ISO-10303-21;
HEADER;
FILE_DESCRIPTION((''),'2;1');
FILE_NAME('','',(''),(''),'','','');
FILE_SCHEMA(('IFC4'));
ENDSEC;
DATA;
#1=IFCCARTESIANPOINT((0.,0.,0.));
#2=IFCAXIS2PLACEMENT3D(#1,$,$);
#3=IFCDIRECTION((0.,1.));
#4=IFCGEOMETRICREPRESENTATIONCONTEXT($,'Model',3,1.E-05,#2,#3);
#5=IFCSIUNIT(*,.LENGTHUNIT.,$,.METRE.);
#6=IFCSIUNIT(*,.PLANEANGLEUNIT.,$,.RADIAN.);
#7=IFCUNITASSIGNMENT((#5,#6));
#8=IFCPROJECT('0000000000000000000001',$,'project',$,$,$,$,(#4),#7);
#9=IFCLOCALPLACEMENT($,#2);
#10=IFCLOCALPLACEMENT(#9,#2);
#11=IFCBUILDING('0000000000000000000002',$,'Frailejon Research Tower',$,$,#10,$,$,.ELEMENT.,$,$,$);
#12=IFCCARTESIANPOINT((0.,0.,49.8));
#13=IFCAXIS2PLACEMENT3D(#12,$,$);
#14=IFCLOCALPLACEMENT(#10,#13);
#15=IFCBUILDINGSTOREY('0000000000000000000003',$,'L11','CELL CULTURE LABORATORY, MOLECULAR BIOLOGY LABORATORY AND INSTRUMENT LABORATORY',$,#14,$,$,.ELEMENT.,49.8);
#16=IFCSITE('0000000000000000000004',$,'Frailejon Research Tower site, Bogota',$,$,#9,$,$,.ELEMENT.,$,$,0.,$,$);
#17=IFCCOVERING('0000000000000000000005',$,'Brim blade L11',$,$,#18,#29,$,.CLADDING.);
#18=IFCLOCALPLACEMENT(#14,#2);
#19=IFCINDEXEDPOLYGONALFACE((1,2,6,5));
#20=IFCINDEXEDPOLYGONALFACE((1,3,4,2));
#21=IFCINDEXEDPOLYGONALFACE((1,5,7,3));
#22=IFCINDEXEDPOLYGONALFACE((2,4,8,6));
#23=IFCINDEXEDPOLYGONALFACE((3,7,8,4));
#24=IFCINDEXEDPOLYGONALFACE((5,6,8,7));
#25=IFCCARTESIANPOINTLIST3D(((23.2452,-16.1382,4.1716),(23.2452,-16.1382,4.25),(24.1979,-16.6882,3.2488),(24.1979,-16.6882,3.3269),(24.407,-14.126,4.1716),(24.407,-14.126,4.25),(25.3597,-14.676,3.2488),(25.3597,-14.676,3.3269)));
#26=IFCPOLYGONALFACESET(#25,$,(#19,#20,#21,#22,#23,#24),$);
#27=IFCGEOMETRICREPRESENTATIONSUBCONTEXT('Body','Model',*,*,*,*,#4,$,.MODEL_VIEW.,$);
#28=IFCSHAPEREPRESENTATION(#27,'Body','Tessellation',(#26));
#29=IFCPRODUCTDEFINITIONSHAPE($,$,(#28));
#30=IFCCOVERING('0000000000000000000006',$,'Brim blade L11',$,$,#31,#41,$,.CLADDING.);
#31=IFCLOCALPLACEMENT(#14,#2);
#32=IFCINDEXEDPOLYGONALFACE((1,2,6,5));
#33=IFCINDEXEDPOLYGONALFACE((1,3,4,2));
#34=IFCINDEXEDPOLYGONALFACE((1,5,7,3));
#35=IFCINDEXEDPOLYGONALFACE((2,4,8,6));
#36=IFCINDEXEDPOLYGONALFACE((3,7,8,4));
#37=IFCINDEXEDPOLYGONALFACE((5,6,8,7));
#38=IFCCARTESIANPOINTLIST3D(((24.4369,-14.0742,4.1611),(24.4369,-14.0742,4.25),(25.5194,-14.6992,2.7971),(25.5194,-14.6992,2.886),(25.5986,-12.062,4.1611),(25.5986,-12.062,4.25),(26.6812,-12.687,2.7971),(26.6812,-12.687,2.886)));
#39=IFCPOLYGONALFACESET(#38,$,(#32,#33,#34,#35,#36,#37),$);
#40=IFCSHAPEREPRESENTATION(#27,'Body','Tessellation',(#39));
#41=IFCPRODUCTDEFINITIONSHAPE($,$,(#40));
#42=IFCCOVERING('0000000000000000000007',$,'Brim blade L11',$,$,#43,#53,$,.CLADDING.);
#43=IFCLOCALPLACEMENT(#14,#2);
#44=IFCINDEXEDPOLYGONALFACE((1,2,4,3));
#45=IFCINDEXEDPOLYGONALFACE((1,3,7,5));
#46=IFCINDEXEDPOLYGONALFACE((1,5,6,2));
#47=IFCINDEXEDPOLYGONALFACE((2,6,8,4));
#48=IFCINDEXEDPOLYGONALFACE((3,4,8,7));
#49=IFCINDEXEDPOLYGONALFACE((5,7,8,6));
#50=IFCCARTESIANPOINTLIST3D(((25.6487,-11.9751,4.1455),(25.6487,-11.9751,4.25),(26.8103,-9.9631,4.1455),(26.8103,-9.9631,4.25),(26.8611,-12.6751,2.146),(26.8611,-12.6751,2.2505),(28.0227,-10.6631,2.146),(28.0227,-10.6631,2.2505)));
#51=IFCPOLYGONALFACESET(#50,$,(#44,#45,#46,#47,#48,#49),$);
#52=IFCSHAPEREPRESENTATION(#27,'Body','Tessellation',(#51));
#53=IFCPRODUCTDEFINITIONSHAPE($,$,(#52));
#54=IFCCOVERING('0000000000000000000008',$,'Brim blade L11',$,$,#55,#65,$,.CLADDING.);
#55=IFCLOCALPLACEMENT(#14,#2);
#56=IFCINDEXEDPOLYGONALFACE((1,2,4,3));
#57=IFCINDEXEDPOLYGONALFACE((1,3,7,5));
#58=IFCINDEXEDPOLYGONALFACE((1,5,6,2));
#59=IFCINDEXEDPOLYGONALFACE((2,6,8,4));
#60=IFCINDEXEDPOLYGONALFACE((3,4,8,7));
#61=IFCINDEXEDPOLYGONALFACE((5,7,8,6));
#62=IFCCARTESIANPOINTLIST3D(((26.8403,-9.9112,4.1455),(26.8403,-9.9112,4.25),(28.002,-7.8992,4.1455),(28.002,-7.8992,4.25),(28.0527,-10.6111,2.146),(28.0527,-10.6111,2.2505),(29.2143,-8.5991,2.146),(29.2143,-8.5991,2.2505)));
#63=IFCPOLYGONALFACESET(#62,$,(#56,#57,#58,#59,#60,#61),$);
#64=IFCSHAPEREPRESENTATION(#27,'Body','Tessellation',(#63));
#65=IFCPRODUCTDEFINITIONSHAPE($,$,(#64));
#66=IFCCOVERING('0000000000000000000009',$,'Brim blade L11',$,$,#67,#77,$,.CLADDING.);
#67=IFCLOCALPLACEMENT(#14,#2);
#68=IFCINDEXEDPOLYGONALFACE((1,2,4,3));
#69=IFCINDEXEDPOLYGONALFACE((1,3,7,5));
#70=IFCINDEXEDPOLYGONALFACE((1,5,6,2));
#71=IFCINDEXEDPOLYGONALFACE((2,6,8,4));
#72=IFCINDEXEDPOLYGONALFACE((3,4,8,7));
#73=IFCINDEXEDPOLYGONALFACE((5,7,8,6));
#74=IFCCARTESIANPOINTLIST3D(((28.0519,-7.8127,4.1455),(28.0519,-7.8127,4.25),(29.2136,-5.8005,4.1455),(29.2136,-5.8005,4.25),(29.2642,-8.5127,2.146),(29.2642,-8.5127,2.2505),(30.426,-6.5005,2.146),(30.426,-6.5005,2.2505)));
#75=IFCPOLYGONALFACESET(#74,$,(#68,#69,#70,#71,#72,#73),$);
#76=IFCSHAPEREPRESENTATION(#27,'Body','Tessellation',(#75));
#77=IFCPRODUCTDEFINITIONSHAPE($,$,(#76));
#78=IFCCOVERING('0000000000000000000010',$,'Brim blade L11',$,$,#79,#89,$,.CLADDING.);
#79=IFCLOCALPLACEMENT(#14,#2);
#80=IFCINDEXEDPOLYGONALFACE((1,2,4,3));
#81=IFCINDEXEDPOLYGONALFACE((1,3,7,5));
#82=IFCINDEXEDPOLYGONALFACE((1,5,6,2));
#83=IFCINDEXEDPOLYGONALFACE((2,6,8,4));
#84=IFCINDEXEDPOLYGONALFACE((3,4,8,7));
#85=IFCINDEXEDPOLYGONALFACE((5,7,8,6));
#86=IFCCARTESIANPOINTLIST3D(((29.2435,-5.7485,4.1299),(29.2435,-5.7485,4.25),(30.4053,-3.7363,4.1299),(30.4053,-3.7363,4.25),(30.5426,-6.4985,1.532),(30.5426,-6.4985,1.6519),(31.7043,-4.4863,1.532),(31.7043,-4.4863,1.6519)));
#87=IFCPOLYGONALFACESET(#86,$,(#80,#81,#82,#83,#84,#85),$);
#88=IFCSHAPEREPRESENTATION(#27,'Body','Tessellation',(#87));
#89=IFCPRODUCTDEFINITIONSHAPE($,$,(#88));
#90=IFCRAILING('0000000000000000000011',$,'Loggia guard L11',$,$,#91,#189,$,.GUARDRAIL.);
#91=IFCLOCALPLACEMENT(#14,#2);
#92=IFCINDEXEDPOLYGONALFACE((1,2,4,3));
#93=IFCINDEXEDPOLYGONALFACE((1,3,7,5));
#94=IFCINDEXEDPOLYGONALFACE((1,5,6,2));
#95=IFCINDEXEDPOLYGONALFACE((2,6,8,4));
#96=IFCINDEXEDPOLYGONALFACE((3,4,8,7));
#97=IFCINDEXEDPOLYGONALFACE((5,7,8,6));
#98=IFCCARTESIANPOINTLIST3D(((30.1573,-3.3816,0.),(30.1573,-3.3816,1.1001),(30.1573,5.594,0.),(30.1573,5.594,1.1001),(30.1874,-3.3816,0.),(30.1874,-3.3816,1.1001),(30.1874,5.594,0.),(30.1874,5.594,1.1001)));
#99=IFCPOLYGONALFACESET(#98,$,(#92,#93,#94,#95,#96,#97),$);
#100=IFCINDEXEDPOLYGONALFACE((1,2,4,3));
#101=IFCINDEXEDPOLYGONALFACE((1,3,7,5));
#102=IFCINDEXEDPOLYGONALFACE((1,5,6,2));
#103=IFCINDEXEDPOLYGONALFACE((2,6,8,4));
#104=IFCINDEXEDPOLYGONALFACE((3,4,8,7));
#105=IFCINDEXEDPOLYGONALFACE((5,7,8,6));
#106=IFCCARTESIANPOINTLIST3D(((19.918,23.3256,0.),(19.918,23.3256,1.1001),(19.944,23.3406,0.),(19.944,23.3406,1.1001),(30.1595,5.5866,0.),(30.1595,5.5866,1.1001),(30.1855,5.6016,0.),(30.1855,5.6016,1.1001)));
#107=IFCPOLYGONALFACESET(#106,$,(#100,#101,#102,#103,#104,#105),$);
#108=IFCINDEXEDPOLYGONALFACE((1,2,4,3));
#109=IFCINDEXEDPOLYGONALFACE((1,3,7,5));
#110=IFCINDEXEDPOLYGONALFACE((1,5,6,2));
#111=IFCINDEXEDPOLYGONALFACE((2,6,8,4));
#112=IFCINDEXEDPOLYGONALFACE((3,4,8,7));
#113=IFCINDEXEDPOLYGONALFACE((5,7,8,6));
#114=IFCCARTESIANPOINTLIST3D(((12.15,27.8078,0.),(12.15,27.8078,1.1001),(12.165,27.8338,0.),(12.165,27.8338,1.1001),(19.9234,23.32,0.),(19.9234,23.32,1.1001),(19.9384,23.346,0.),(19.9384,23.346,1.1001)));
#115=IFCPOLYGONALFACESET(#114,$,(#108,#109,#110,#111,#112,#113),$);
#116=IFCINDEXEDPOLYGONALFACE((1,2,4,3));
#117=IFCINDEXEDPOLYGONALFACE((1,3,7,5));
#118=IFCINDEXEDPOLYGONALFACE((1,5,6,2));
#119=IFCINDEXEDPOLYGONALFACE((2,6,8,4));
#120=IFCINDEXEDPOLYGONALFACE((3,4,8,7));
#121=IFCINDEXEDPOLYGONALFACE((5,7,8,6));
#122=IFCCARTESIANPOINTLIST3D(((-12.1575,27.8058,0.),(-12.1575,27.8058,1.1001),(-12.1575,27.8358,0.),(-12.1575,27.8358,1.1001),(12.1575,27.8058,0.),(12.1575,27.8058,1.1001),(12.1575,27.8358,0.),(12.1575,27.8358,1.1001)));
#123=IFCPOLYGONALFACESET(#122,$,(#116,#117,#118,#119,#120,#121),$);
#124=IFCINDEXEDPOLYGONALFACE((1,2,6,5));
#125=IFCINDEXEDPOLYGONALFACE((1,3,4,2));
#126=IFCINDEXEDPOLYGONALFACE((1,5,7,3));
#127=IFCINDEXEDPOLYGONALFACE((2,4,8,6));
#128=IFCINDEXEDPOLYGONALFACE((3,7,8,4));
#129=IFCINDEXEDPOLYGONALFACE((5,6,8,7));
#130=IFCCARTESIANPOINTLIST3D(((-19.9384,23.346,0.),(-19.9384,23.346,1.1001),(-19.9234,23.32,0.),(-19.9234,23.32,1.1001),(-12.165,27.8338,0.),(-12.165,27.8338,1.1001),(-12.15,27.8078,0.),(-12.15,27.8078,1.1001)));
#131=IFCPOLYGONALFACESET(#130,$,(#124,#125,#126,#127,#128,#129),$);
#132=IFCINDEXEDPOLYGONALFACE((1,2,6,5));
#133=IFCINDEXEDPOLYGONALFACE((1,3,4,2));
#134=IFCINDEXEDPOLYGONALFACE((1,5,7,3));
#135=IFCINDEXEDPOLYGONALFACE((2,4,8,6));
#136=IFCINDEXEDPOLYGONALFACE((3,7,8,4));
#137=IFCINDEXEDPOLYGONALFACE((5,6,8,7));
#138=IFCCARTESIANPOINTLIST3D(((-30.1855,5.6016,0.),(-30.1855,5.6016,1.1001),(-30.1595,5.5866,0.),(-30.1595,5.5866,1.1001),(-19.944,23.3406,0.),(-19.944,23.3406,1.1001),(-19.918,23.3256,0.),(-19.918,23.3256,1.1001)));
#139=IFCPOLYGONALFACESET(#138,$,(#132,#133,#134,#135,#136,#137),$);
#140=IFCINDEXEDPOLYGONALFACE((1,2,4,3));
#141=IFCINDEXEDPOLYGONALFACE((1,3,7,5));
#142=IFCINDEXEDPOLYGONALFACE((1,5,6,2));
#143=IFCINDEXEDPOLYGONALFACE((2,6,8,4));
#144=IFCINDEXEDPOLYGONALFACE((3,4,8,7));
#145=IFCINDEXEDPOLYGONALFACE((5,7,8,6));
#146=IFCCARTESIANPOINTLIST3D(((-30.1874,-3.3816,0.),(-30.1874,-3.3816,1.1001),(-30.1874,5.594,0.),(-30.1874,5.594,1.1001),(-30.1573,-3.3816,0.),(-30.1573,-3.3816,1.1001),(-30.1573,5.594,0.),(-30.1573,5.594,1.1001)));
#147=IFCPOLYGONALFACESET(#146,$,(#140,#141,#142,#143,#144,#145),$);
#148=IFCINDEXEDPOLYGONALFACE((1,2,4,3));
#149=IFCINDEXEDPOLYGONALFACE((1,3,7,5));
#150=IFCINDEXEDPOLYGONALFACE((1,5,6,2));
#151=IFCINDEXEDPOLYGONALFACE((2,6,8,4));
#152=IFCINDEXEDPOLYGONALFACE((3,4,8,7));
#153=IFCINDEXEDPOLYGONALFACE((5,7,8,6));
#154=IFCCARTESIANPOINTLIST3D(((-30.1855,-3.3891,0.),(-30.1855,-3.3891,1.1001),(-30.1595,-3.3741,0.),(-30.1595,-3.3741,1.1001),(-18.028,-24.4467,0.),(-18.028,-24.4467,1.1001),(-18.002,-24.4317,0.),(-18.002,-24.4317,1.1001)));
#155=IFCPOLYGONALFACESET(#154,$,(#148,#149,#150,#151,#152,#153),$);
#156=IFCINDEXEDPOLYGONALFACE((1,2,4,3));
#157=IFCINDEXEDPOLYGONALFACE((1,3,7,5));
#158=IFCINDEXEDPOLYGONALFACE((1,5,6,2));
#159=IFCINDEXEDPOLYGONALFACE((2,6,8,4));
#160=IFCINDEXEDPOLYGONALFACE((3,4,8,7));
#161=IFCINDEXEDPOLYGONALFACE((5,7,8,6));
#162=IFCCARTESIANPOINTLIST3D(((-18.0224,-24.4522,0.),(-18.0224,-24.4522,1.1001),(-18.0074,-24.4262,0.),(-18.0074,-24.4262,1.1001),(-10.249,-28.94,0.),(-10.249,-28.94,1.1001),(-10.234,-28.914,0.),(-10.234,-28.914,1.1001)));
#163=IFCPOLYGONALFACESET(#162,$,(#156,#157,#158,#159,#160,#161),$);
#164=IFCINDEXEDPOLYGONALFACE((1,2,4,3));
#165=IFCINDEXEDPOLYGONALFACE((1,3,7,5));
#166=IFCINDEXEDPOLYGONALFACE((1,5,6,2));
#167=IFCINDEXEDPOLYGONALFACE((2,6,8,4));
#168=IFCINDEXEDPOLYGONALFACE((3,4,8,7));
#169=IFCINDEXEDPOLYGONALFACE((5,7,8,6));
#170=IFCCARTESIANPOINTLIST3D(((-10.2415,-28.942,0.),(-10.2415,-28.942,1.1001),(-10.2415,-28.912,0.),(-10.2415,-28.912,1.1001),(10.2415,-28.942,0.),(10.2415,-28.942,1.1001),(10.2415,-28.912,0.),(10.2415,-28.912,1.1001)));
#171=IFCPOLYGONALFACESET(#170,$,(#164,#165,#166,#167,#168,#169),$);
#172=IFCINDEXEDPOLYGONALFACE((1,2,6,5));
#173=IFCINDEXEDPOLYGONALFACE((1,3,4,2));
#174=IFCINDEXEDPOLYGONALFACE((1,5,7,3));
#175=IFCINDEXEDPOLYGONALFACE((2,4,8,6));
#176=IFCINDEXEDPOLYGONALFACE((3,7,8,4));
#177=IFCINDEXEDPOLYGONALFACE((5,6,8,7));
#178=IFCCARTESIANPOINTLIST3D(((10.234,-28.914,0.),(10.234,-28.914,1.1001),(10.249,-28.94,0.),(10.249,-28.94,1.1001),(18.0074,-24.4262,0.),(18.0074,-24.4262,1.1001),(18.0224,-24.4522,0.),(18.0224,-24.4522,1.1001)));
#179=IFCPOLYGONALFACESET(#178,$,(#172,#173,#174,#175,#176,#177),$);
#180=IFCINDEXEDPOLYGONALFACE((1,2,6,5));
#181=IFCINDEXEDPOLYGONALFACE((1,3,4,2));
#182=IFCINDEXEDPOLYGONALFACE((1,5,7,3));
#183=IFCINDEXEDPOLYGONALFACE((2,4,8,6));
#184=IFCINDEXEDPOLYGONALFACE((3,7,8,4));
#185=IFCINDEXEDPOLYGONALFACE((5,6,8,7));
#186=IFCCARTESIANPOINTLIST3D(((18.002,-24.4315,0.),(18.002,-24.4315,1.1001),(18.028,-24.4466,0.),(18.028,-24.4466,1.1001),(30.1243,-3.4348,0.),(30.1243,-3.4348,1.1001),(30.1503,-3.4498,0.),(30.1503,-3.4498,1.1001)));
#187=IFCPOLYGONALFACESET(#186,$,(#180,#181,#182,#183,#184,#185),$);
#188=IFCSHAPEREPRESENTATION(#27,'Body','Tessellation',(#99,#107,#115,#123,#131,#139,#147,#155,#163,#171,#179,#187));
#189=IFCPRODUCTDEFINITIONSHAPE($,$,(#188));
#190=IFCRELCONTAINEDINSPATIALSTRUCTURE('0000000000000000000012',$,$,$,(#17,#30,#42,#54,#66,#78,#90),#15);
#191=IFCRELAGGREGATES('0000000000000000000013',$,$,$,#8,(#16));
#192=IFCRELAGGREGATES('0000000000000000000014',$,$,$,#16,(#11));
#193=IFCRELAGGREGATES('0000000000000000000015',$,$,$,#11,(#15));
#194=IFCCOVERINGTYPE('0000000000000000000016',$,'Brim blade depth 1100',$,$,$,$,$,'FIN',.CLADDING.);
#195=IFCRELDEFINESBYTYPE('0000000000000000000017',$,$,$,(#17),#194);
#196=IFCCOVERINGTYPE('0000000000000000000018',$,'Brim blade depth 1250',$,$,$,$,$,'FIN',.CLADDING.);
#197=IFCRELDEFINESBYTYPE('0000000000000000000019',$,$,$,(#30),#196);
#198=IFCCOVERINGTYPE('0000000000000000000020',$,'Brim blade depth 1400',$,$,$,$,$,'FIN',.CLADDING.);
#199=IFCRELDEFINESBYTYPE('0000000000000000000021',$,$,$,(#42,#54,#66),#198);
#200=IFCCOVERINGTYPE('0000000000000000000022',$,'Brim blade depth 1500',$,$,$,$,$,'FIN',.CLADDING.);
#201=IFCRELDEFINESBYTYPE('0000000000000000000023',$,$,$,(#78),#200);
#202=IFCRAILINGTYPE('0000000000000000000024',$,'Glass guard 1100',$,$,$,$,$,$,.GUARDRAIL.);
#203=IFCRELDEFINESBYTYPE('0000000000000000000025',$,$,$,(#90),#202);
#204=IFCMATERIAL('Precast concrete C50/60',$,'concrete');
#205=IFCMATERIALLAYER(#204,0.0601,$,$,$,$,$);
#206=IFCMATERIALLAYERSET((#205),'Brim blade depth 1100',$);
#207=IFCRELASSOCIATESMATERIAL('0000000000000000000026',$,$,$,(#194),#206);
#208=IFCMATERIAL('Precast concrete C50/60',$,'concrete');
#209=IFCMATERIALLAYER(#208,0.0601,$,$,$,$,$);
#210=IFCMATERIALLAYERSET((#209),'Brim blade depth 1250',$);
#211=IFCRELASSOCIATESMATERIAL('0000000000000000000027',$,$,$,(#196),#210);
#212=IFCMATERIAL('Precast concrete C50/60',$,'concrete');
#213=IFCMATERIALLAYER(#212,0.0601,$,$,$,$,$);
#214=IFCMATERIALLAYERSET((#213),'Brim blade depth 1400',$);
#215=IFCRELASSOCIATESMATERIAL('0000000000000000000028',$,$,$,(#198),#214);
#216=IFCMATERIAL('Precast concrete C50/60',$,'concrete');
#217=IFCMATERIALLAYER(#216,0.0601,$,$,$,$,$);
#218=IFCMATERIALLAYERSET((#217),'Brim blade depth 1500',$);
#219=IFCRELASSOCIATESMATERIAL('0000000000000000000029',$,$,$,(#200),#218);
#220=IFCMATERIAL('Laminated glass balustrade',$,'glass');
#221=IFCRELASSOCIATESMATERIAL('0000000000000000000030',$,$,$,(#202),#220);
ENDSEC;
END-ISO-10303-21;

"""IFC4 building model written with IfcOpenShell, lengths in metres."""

from ifc_helpers import new_model, si_unit, direction, frame, origin, origin_2d, place, context, subcontext, project, spatial, polyline, rectangle, outline, extrude, material, layer, layer_set, type_object, element, save


model = new_model("IFC4")

# Units and contexts
model_context = context("Model", 3, precision=1e-05, world=origin(), true_north=direction((0.0, 1.0)))
body_context = subcontext(model_context, "Body", "Model", "MODEL_VIEW")
ifc_project = project(units=[si_unit("LENGTHUNIT", "METRE"), si_unit("PLANEANGLEUNIT", "RADIAN")], contexts=[model_context])

# Site, building, storey
site_placement = place(None, origin())
site = spatial("IfcSite", under=ifc_project, at=site_placement, Name="Frailejon Research Tower site, Bogota", CompositionType="ELEMENT", RefElevation=0.0)
building_placement = place(site_placement, origin())
building = spatial("IfcBuilding", under=site, at=building_placement, Name="Frailejon Research Tower", CompositionType="ELEMENT")
storey_placement = place(building_placement, frame((0.0, 0.0, 49.8)))
storey = spatial("IfcBuildingStorey", under=building, at=storey_placement, Name="L11", Description="CELL CULTURE LABORATORY, MOLECULAR BIOLOGY LABORATORY AND INSTRUMENT LABORATORY", CompositionType="ELEMENT", Elevation=49.8)

# Coverings
ifc_material_1 = material(Name="Precast concrete C50/60", Category="concrete")
ifc_layer_1 = layer(ifc_material_1, 0.0601)
ifc_layer_set_1 = layer_set([ifc_layer_1], Name="Brim blade depth 1100")
covering_type_1 = type_object("IfcCoveringType", Name="Brim blade depth 1100", ElementType="FIN", PredefinedType="CLADDING", material=ifc_layer_set_1)
covering_1_placement = place(storey_placement, frame((24.407, -14.126, 4.25), z_axis=(-0.500001, -0.866025, 0.0), x_axis=(0.866025, -0.500001, 0.0)))
element("IfcCovering", 1, at=covering_1_placement, inside=storey, type_object=covering_type_1, Name="Brim blade L11", PredefinedType="CLADDING", context=body_context, shape_type="SweptSolid", body=[
    extrude(outline(polyline([(0.0, -0.0784), (1.1001, -1.0012), (1.1001, -0.9231), (0.0, 0.0), (0.0, -0.0784)])), origin(), (0.0, 0.0, 1.0), 2.3235),
])
ifc_material_2 = material(Name="Precast concrete C50/60", Category="concrete")
ifc_layer_2 = layer(ifc_material_2, 0.0601)
ifc_layer_set_2 = layer_set([ifc_layer_2], Name="Brim blade depth 1250")
covering_type_2 = type_object("IfcCoveringType", Name="Brim blade depth 1250", ElementType="FIN", PredefinedType="CLADDING", material=ifc_layer_set_2)
covering_2_placement = place(storey_placement, frame((25.5986, -12.062, 4.25), z_axis=(-0.500001, -0.866025, 0.0), x_axis=(0.866025, -0.500001, 0.0)))
element("IfcCovering", 2, at=covering_2_placement, inside=storey, type_object=covering_type_2, Name="Brim blade L11", PredefinedType="CLADDING", context=body_context, shape_type="SweptSolid", body=[
    extrude(outline(polyline([(0.0, -0.0889), (1.25, -1.4529), (1.25, -1.364), (0.0, 0.0), (0.0, -0.0889)])), origin(), (0.0, 0.0, 1.0), 2.3235),
])
ifc_material_3 = material(Name="Precast concrete C50/60", Category="concrete")
ifc_layer_3 = layer(ifc_material_3, 0.0601)
ifc_layer_set_3 = layer_set([ifc_layer_3], Name="Brim blade depth 1400")
covering_type_3 = type_object("IfcCoveringType", Name="Brim blade depth 1400", ElementType="FIN", PredefinedType="CLADDING", material=ifc_layer_set_3)
for number, where, z_axis, x_axis, name in (
    (3, (26.8103, -9.9631, 4.25), (-0.499994, -0.866029, 0.0), (0.866029, -0.499994, 0.0), "Brim blade L11"),
    (4, (28.002, -7.8992, 4.25), (-0.499994, -0.866029, 0.0), (0.866029, -0.499994, 0.0), "Brim blade L11"),
):
    element("IfcCovering", number, at=place(storey_placement, frame(where, z_axis=z_axis, x_axis=x_axis)), inside=storey, type_object=covering_type_3, Name=name, PredefinedType="CLADDING", context=body_context, shape_type="SweptSolid", body=[
        extrude(outline(polyline([(0.0, -0.1045), (1.3999, -2.104), (1.3999, -1.9995), (0.0, 0.0), (0.0, -0.1045)])), origin(), (0.0, 0.0, 1.0), 2.3232),
    ])
covering_3_placement = place(storey_placement, frame((29.2136, -5.8005, 4.25), z_axis=(-0.500001, -0.866025, 0.0), x_axis=(0.866025, -0.500001, 0.0)))
element("IfcCovering", 5, at=covering_3_placement, inside=storey, type_object=covering_type_3, Name="Brim blade L11", PredefinedType="CLADDING", context=body_context, shape_type="SweptSolid", body=[
    extrude(outline(polyline([(0.0, -0.1045), (1.3999, -2.104), (1.3999, -1.9995), (0.0, 0.0), (0.0, -0.1045)])), origin(), (0.0, 0.0, 1.0), 2.3235),
])
ifc_material_4 = material(Name="Precast concrete C50/60", Category="concrete")
ifc_layer_4 = layer(ifc_material_4, 0.0601)
ifc_layer_set_4 = layer_set([ifc_layer_4], Name="Brim blade depth 1500")
covering_type_4 = type_object("IfcCoveringType", Name="Brim blade depth 1500", ElementType="FIN", PredefinedType="CLADDING", material=ifc_layer_set_4)
covering_4_placement = place(storey_placement, frame((30.4053, -3.7363, 4.25), z_axis=(-0.500001, -0.866025, 0.0), x_axis=(0.866025, -0.500001, 0.0)))
element("IfcCovering", 6, at=covering_4_placement, inside=storey, type_object=covering_type_4, Name="Brim blade L11", PredefinedType="CLADDING", context=body_context, shape_type="SweptSolid", body=[
    extrude(outline(polyline([(0.0, -0.1201), (1.5, -2.718), (1.5, -2.5981), (0.0, 0.0), (0.0, -0.1201)])), origin(), (0.0, 0.0, 1.0), 2.3235),
])

# Railing
ifc_material_5 = material(Name="Laminated glass balustrade", Category="glass")
railing_type = type_object("IfcRailingType", Name="Glass guard 1100", PredefinedType="GUARDRAIL", material=ifc_material_5)
railing_placement = place(storey_placement, frame((30.1724, -3.3816, 0.0)))
element("IfcRailing", 7, at=railing_placement, inside=storey, type_object=railing_type, Name="Loggia guard L11", PredefinedType="GUARDRAIL", context=body_context, shape_type="SweptSolid", body=[
    extrude(rectangle(XDim=8.9756, YDim=0.03, at=origin_2d()), frame((0.0, 4.4878, 0.0), z_axis=(0.0, 0.0, 1.0), x_axis=(0.0, 1.0, 0.0)), (0.0, 0.0, 1.0), 1.1001),
    extrude(rectangle(XDim=20.4832, YDim=0.03, at=origin_2d()), frame((-5.1206, 17.8452, 0.0), z_axis=(0.0, 0.0, 1.0), x_axis=(-0.499994, 0.866029, 0.0)), (0.0, 0.0, 1.0), 1.1001),
    extrude(rectangle(XDim=8.9758, YDim=0.03, at=origin_2d()), frame((-14.1282, 28.9585, 0.0), z_axis=(0.0, 0.0, 1.0), x_axis=(-0.866035, 0.499983, 0.0)), (0.0, 0.0, 1.0), 1.1001),
    extrude(rectangle(XDim=24.3149, YDim=0.03, at=origin_2d()), frame((-30.1724, 31.2024, 0.0), z_axis=(0.0, 0.0, 1.0), x_axis=(-1.0, 0.0, 0.0)), (0.0, 0.0, 1.0), 1.1001),
    extrude(rectangle(XDim=8.9758, YDim=0.03, at=origin_2d()), frame((-46.2166, 28.9585, 0.0), z_axis=(0.0, 0.0, 1.0), x_axis=(-0.866035, -0.499983, 0.0)), (0.0, 0.0, 1.0), 1.1001),
    extrude(rectangle(XDim=20.4832, YDim=0.03, at=origin_2d()), frame((-55.2241, 17.8452, 0.0), z_axis=(0.0, 0.0, 1.0), x_axis=(-0.499994, -0.866029, 0.0)), (0.0, 0.0, 1.0), 1.1001),
    extrude(rectangle(XDim=8.9756, YDim=0.03, at=origin_2d()), frame((-60.3447, 4.4878, 0.0), z_axis=(0.0, 0.0, 1.0), x_axis=(0.0, -1.0, 0.0)), (0.0, 0.0, 1.0), 1.1001),
    extrude(rectangle(XDim=24.3152, YDim=0.03, at=origin_2d()), frame((-54.2661, -10.5288, 0.0), z_axis=(0.0, 0.0, 1.0), x_axis=(0.499995, -0.866028, 0.0)), (0.0, 0.0, 1.0), 1.1001),
    extrude(rectangle(XDim=8.9758, YDim=0.03, at=origin_2d()), frame((-44.3005, -23.3015, 0.0), z_axis=(0.0, 0.0, 1.0), x_axis=(0.866035, -0.499983, 0.0)), (0.0, 0.0, 1.0), 1.1001),
    extrude(rectangle(XDim=20.4829, YDim=0.03, at=origin_2d()), frame((-30.1724, -25.5454, 0.0), z_axis=(0.0, 0.0, 1.0), x_axis=(1.0, 0.0, 0.0)), (0.0, 0.0, 1.0), 1.1001),
    extrude(rectangle(XDim=8.9758, YDim=0.03, at=origin_2d()), frame((-16.0442, -23.3015, 0.0), z_axis=(0.0, 0.0, 1.0), x_axis=(0.866035, 0.499983, 0.0)), (0.0, 0.0, 1.0), 1.1001),
    extrude(rectangle(XDim=24.2449, YDim=0.03, at=origin_2d()), frame((-6.0962, -10.5591, 0.0), z_axis=(0.0, 0.0, 1.0), x_axis=(0.499994, 0.866029, 0.0)), (0.0, 0.0, 1.0), 1.1001),
])

save(model, "model.ifc")
